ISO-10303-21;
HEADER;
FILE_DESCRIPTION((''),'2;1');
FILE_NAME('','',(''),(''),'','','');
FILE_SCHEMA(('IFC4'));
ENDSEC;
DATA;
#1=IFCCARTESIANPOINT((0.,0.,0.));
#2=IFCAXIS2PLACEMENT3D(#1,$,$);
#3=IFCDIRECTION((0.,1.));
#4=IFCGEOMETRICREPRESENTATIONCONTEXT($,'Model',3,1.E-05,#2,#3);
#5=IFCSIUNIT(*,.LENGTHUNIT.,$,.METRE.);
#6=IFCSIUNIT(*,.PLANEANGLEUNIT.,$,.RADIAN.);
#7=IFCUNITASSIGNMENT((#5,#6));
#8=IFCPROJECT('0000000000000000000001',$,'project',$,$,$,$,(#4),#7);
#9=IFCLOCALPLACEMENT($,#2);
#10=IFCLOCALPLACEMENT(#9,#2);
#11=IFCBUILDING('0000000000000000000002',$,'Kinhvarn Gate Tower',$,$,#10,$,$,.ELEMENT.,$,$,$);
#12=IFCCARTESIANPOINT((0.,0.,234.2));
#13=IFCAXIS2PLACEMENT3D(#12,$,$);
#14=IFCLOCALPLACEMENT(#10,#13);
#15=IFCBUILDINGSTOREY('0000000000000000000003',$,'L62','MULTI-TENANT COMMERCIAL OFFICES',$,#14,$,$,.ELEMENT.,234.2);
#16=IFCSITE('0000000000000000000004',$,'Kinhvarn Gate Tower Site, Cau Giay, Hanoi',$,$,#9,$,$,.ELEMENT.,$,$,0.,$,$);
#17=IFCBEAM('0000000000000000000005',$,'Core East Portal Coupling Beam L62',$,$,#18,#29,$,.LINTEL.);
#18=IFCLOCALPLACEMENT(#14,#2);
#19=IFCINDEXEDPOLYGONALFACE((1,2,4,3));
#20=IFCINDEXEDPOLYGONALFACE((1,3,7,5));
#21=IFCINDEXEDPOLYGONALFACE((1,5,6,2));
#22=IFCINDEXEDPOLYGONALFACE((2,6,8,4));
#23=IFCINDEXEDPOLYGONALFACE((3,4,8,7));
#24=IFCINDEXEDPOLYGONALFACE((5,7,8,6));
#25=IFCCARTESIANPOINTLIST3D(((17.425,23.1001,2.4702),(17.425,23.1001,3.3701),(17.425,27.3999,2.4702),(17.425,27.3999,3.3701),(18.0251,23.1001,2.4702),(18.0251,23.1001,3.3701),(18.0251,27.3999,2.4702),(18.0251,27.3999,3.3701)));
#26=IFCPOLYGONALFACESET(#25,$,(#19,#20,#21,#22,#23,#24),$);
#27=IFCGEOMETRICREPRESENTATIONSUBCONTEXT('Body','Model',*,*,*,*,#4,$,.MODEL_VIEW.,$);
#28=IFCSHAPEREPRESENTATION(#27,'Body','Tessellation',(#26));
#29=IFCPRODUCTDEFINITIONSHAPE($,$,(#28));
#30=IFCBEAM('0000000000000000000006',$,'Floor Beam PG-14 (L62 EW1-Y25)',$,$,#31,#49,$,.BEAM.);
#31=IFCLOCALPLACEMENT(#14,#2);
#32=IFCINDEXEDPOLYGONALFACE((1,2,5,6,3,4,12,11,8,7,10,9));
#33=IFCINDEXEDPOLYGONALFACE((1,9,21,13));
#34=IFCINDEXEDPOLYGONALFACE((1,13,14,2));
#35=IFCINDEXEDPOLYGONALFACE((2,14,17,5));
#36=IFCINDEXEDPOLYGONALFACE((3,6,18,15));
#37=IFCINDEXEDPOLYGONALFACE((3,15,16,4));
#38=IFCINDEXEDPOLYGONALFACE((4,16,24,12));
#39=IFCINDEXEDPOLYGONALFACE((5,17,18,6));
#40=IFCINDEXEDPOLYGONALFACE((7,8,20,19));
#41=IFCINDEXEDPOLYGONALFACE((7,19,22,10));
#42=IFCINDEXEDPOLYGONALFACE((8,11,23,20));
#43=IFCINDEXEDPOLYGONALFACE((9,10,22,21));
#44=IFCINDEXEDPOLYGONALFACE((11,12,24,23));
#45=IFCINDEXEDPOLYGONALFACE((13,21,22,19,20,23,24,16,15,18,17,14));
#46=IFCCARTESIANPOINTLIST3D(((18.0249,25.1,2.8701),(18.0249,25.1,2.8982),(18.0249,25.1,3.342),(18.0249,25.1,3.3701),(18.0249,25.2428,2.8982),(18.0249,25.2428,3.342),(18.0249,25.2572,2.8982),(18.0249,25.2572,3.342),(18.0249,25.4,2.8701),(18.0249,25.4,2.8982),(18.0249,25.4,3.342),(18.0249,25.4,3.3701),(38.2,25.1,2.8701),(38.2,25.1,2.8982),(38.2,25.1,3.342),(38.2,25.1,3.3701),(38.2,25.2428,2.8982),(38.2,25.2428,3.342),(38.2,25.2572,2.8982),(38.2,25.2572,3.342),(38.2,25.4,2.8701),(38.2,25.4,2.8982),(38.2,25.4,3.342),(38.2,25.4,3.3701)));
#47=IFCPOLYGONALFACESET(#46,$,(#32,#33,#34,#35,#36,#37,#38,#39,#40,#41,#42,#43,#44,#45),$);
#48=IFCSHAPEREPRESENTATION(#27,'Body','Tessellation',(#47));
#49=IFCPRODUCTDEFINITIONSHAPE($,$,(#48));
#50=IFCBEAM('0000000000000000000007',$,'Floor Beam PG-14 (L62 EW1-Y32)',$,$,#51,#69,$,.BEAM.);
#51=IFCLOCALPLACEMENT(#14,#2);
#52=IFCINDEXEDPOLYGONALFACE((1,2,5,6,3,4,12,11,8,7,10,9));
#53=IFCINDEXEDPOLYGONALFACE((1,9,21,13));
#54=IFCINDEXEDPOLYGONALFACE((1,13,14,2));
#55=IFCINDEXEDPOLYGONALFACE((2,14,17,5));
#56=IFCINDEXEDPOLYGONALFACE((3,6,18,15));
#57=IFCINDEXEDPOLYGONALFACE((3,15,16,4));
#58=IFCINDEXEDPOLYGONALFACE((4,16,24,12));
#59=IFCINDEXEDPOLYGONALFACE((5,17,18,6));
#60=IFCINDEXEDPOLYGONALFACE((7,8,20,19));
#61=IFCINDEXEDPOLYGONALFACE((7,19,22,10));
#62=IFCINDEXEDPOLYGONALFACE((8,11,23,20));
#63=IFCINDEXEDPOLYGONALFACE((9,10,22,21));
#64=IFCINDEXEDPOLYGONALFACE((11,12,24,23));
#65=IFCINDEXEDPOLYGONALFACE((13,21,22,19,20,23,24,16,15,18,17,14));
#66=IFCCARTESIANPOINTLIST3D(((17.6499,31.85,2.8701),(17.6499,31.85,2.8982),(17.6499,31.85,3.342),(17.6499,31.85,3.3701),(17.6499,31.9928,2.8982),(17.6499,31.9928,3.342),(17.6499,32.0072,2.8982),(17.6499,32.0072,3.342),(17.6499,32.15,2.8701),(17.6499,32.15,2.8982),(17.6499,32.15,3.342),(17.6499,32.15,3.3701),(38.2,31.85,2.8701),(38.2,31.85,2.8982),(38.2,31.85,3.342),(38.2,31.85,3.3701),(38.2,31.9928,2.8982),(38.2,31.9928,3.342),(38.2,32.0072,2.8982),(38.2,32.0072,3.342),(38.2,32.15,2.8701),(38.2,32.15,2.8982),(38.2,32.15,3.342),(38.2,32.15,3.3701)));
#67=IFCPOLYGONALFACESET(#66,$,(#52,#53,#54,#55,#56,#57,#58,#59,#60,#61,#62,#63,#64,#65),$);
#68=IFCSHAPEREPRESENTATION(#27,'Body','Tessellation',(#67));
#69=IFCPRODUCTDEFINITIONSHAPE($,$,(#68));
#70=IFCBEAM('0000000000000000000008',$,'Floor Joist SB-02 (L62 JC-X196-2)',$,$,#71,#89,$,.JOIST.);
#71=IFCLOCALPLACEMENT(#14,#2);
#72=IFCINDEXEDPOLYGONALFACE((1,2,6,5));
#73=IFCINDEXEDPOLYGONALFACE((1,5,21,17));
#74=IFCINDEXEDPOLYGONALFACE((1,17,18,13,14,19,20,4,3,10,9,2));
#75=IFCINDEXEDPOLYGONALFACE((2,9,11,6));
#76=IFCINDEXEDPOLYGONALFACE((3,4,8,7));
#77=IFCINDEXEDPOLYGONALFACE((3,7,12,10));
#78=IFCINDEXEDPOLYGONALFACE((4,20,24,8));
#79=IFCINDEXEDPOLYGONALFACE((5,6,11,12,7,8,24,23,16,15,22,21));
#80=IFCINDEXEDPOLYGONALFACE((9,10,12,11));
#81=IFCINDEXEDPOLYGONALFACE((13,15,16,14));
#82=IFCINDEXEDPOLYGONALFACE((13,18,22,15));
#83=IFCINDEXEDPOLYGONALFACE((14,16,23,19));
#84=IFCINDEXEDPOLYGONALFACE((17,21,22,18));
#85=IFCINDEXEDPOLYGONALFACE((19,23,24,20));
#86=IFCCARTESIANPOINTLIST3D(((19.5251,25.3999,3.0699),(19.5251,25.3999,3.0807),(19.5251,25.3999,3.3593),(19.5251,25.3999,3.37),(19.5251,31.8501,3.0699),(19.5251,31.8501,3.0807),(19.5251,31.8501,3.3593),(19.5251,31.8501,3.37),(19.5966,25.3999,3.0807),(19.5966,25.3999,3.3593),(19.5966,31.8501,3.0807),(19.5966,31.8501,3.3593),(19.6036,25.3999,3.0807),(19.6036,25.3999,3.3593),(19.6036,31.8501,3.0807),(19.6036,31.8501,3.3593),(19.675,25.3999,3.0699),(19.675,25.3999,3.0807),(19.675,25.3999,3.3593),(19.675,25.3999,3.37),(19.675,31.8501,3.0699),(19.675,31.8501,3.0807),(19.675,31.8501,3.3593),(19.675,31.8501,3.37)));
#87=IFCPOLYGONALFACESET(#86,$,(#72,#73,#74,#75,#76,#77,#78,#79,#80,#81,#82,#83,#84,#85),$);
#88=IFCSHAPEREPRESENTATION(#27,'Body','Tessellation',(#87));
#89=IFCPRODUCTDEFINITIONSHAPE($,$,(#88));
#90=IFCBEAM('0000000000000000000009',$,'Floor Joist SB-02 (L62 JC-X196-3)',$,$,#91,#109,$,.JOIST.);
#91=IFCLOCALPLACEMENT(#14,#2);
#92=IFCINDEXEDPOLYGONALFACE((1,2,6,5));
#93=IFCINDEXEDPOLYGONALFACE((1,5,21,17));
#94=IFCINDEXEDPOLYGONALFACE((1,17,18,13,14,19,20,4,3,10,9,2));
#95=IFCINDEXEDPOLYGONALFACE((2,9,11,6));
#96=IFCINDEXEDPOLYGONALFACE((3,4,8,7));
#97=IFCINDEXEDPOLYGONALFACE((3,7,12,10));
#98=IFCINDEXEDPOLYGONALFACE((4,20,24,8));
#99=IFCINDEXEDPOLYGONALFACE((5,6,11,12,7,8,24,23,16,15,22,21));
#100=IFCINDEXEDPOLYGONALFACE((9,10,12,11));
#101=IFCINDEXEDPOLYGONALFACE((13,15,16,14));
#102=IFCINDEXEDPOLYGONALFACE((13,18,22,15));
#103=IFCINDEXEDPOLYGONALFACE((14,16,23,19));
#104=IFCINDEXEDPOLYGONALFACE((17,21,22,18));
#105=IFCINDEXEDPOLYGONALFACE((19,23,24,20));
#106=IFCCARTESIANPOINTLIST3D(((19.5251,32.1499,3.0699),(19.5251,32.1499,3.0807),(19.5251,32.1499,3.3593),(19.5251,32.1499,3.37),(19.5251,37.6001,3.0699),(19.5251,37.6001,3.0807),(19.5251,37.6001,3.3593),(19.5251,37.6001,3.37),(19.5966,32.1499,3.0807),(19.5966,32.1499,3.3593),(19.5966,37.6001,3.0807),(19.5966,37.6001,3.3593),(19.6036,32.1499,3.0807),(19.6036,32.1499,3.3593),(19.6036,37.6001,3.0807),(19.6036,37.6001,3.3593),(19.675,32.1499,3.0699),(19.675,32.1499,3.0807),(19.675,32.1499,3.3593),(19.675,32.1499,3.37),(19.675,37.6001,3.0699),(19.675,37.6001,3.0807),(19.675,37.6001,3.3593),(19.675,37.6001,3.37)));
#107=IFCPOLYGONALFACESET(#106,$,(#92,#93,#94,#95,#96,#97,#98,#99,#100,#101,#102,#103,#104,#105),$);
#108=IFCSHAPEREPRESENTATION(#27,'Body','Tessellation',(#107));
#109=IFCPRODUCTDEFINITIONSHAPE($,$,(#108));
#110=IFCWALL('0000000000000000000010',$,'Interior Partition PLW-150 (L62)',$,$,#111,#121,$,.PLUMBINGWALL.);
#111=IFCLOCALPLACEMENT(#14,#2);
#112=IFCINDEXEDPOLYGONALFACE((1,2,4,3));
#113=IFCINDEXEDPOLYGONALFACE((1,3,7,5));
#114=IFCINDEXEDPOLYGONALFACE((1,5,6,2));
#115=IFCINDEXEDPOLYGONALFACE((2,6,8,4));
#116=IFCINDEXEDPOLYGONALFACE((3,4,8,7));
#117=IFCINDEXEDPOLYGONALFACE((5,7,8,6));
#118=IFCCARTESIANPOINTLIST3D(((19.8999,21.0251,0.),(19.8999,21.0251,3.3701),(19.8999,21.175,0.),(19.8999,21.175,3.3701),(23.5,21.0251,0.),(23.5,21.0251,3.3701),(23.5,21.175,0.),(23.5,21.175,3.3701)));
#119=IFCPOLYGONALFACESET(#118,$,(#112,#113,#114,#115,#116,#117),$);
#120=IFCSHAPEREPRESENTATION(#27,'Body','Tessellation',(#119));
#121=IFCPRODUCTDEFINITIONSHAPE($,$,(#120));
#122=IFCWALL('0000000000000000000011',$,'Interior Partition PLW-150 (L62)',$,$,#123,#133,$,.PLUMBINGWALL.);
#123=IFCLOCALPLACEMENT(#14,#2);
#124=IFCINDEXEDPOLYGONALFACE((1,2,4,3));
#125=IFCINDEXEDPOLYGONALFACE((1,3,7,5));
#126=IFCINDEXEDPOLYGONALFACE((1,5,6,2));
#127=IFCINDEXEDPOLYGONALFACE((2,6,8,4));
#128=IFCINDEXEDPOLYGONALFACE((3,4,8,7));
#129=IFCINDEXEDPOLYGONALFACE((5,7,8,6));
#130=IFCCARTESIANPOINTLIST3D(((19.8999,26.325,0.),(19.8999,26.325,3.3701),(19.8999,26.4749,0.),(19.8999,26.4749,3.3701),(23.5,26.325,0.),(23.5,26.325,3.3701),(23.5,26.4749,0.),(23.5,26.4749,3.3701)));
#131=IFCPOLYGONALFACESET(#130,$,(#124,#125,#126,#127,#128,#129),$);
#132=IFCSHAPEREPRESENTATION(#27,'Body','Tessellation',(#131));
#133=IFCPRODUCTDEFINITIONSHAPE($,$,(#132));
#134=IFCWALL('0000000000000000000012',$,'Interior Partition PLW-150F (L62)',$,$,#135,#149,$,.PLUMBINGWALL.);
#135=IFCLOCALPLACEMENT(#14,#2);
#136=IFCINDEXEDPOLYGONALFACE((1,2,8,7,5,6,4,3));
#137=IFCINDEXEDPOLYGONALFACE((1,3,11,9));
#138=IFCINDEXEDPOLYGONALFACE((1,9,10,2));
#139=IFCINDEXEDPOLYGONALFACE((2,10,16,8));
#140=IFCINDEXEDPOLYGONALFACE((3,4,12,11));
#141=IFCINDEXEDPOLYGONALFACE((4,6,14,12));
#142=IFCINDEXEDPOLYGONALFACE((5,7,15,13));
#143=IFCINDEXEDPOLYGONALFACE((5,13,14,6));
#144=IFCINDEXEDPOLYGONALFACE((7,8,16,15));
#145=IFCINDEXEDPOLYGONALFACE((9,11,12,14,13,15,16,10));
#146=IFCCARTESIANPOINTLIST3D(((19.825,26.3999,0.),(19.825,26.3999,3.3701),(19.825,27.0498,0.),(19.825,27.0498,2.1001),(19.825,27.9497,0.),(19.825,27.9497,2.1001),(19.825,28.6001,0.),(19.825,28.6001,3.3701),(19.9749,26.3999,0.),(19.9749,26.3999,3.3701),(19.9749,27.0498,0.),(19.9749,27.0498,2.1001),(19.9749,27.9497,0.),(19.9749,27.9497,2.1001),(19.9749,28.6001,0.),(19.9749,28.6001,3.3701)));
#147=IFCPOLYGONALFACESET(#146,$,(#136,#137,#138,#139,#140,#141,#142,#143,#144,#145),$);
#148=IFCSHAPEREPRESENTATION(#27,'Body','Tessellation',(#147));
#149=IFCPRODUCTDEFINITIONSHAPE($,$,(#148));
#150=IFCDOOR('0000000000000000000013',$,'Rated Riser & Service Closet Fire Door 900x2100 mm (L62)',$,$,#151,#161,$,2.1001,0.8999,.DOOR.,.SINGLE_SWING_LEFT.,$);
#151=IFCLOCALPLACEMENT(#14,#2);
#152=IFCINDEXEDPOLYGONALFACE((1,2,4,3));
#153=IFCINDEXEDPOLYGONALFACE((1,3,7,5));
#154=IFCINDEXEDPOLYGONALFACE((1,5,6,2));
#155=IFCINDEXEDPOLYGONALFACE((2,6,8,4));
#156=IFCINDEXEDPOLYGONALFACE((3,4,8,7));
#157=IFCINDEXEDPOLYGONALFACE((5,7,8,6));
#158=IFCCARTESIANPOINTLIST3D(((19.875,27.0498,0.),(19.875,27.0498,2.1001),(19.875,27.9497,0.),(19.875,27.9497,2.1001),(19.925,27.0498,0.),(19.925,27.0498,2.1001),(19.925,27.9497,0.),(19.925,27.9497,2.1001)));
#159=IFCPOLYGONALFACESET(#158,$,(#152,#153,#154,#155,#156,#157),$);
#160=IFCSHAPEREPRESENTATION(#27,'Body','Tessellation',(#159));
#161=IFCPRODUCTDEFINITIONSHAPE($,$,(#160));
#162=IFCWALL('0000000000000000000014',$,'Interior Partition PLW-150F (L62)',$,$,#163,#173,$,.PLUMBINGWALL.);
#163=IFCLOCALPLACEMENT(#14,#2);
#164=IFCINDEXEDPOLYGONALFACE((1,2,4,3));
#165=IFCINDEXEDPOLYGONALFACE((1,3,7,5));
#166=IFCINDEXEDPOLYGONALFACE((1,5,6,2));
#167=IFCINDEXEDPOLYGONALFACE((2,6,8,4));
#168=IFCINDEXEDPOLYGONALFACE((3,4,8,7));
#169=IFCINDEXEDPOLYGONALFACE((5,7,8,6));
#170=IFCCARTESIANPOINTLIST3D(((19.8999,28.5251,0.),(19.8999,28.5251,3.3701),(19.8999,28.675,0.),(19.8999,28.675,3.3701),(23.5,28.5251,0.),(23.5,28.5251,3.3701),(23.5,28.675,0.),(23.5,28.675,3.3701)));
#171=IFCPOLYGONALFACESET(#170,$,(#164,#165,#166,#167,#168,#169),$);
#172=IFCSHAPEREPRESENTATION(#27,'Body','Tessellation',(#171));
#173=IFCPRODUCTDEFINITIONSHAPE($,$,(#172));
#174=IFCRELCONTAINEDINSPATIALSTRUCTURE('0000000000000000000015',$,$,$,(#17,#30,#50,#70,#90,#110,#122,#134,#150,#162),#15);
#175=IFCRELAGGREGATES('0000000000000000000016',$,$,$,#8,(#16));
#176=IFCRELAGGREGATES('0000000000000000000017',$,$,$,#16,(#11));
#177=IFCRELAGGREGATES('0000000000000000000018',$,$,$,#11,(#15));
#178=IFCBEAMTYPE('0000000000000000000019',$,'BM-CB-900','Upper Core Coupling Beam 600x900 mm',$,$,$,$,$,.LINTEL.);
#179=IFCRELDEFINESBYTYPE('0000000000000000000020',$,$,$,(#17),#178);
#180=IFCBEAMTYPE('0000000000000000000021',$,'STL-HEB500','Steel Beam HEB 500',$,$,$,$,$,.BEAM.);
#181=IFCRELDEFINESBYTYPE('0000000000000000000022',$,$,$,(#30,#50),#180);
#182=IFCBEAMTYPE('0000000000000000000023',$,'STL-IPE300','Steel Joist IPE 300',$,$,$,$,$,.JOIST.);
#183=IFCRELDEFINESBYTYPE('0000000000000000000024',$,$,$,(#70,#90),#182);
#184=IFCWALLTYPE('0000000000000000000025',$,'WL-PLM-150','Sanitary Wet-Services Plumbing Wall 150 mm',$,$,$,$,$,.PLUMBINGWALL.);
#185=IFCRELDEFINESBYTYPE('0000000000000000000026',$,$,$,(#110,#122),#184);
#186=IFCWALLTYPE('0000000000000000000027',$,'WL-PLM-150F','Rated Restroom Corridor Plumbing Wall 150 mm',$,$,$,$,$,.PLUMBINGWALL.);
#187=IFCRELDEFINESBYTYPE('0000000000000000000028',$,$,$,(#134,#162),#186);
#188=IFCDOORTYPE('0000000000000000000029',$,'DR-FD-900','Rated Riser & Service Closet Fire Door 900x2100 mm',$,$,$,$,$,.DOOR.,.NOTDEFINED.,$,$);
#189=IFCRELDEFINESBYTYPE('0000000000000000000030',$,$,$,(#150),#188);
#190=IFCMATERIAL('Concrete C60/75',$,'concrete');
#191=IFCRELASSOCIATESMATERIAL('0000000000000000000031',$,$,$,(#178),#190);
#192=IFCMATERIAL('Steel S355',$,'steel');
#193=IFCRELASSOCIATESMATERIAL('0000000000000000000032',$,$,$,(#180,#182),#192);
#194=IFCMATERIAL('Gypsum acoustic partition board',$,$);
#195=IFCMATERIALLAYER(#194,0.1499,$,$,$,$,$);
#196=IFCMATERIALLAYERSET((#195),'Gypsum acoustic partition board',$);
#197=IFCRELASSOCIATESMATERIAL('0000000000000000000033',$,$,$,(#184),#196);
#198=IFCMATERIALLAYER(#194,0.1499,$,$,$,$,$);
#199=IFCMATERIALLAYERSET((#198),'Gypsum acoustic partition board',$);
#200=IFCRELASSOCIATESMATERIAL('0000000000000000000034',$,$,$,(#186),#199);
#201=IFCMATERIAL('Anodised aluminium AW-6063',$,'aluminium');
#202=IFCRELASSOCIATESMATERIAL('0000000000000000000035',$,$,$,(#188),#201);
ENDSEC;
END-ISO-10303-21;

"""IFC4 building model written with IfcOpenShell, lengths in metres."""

from ifc_helpers import new_model, si_unit, direction, frame, frame_2d, origin, origin_2d, place, context, subcontext, project, spatial, rectangle, i_section, extrude, material, layer, layer_set, material_profile, profile_set, type_object, element, fill, save


model = new_model("IFC4")

# Units and contexts
model_context = context("Model", 3, precision=1e-05, world=origin(), true_north=direction((0.0, 1.0)))
body_context = subcontext(model_context, "Body", "Model", "MODEL_VIEW")
ifc_project = project(units=[si_unit("LENGTHUNIT", "METRE"), si_unit("PLANEANGLEUNIT", "RADIAN")], contexts=[model_context])

# Site, building, storey
site_placement = place(None, origin())
site = spatial("IfcSite", under=ifc_project, at=site_placement, Name="Kinhvarn Gate Tower Site, Cau Giay, Hanoi", CompositionType="ELEMENT", RefElevation=0.0)
building_placement = place(site_placement, origin())
building = spatial("IfcBuilding", under=site, at=building_placement, Name="Kinhvarn Gate Tower", CompositionType="ELEMENT")
storey_placement = place(building_placement, frame((0.0, 0.0, 234.2)))
storey = spatial("IfcBuildingStorey", under=building, at=storey_placement, Name="L62", Description="MULTI-TENANT COMMERCIAL OFFICES", CompositionType="ELEMENT", Elevation=234.2)

# Beams
ifc_material_1 = material(Name="Concrete C60/75", Category="concrete")
ifc_material_profile_1 = material_profile(ifc_material_1, rectangle(XDim=0.6001, YDim=0.8999, at=origin_2d()), Name="RC 600x900")
ifc_profile_set_1 = profile_set([ifc_material_profile_1], Name="Concrete C60/75")
beam_type_1 = type_object("IfcBeamType", Name="BM-CB-900", Description="Upper Core Coupling Beam 600x900 mm", PredefinedType="LINTEL", material=ifc_profile_set_1)
beam_1_placement = place(storey_placement, frame((17.7251, 23.1001, 2.9202), z_axis=(0.0, 1.0, 0.0), x_axis=(-1.0, 0.0, 0.0)))
element("IfcBeam", 1, at=beam_1_placement, inside=storey, type_object=beam_type_1, Name="Core East Portal Coupling Beam L62", PredefinedType="LINTEL", context=body_context, shape_type="SweptSolid", body=[
    extrude(rectangle(XDim=0.6001, YDim=0.8999, at=origin_2d()), origin(), (0.0, 0.0, 1.0), 4.2998),
])
ifc_material_2 = material(Name="Steel S355", Category="steel")
ifc_material_profile_2 = material_profile(ifc_material_2, i_section(OverallWidth=0.3, OverallDepth=0.5, WebThickness=0.0144, FlangeThickness=0.0281, at=origin_2d()), Name="HEB 500")
ifc_profile_set_2 = profile_set([ifc_material_profile_2], Name="Steel S355")
beam_type_2 = type_object("IfcBeamType", Name="STL-HEB500", Description="Steel Beam HEB 500", PredefinedType="BEAM", material=ifc_profile_set_2)
beam_2_placement = place(storey_placement, frame((18.0249, 25.25, 3.1201), z_axis=(1.0, 0.0, 0.0), x_axis=(0.0, 1.0, 0.0)))
element("IfcBeam", 2, at=beam_2_placement, inside=storey, type_object=beam_type_2, Name="Floor Beam PG-14 (L62 EW1-Y25)", PredefinedType="BEAM", context=body_context, shape_type="SweptSolid", body=[
    extrude(i_section(OverallWidth=0.3, OverallDepth=0.5, WebThickness=0.0144, FlangeThickness=0.0281, at=origin_2d()), origin(), (0.0, 0.0, 1.0), 20.175),
])
beam_3_placement = place(storey_placement, frame((17.6499, 32.0, 3.1201), z_axis=(1.0, 0.0, 0.0), x_axis=(0.0, 1.0, 0.0)))
element("IfcBeam", 3, at=beam_3_placement, inside=storey, type_object=beam_type_2, Name="Floor Beam PG-14 (L62 EW1-Y32)", PredefinedType="BEAM", context=body_context, shape_type="SweptSolid", body=[
    extrude(i_section(OverallWidth=0.3, OverallDepth=0.5, WebThickness=0.0144, FlangeThickness=0.0281, at=origin_2d()), origin(), (0.0, 0.0, 1.0), 20.55),
])
ifc_material_profile_3 = material_profile(ifc_material_2, i_section(OverallWidth=0.1499, OverallDepth=0.3, WebThickness=0.0071, FlangeThickness=0.0107, at=origin_2d()), Name="IPE 300")
ifc_profile_set_3 = profile_set([ifc_material_profile_3], Name="Steel S355")
beam_type_3 = type_object("IfcBeamType", Name="STL-IPE300", Description="Steel Joist IPE 300", PredefinedType="JOIST", material=ifc_profile_set_3)
beam_4_placement = place(storey_placement, frame((19.6001, 25.3999, 3.22), z_axis=(0.0, 1.0, 0.0), x_axis=(-1.0, 0.0, 0.0)))
element("IfcBeam", 4, at=beam_4_placement, inside=storey, type_object=beam_type_3, Name="Floor Joist SB-02 (L62 JC-X196-2)", PredefinedType="JOIST", context=body_context, shape_type="SweptSolid", body=[
    extrude(i_section(OverallWidth=0.1499, OverallDepth=0.3, WebThickness=0.0071, FlangeThickness=0.0107, at=origin_2d()), origin(), (0.0, 0.0, 1.0), 6.4502),
])
beam_5_placement = place(storey_placement, frame((19.6001, 32.1499, 3.22), z_axis=(0.0, 1.0, 0.0), x_axis=(-1.0, 0.0, 0.0)))
element("IfcBeam", 5, at=beam_5_placement, inside=storey, type_object=beam_type_3, Name="Floor Joist SB-02 (L62 JC-X196-3)", PredefinedType="JOIST", context=body_context, shape_type="SweptSolid", body=[
    extrude(i_section(OverallWidth=0.1499, OverallDepth=0.3, WebThickness=0.0071, FlangeThickness=0.0107, at=origin_2d()), origin(), (0.0, 0.0, 1.0), 5.4502),
])

# Shared definitions
ifc_material_3 = material(Name="Anodised aluminium AW-6063", Category="aluminium")

# Walls
ifc_material_4 = material(Name="Gypsum acoustic partition board")
ifc_layer_1 = layer(ifc_material_4, 0.1499)
ifc_layer_set_1 = layer_set([ifc_layer_1], Name="Gypsum acoustic partition board")
wall_type_1 = type_object("IfcWallType", Name="WL-PLM-150", Description="Sanitary Wet-Services Plumbing Wall 150 mm", PredefinedType="PLUMBINGWALL", material=ifc_layer_set_1)
for number, where, z_axis, x_axis, name in (
    (6, (19.8999, 21.1001, 0.0), (0.0, 0.0, 1.0), (1.0, 0.0, 0.0), "Interior Partition PLW-150 (L62)"),
    (7, (19.8999, 26.3999, 0.0), (0.0, 0.0, 1.0), (1.0, 0.0, 0.0), "Interior Partition PLW-150 (L62)"),
):
    element("IfcWall", number, at=place(storey_placement, frame(where, z_axis=z_axis, x_axis=x_axis)), inside=storey, type_object=wall_type_1, Name=name, PredefinedType="PLUMBINGWALL", context=body_context, shape_type="SweptSolid", body=[
        extrude(rectangle(XDim=3.6001, YDim=0.1499, at=frame_2d((1.8, 0.0))), origin(), (0.0, 0.0, 1.0), 3.3701),
    ])

# Wall, opening, door
ifc_layer_2 = layer(ifc_material_4, 0.1499)
ifc_layer_set_2 = layer_set([ifc_layer_2], Name="Gypsum acoustic partition board")
wall_type_2 = type_object("IfcWallType", Name="WL-PLM-150F", Description="Rated Restroom Corridor Plumbing Wall 150 mm", PredefinedType="PLUMBINGWALL", material=ifc_layer_set_2)
wall_1_placement = place(storey_placement, frame((19.8999, 26.3999, 0.0), z_axis=(0.0, 0.0, 1.0), x_axis=(0.0, 1.0, 0.0)))
wall_1 = element("IfcWall", 8, at=wall_1_placement, inside=storey, type_object=wall_type_2, Name="Interior Partition PLW-150F (L62)", PredefinedType="PLUMBINGWALL", context=body_context, shape_type="SweptSolid", body=[
    extrude(rectangle(XDim=2.2002, YDim=0.1499, at=frame_2d((1.1001, 0.0))), origin(), (0.0, 0.0, 1.0), 3.3701),
])
opening_1_placement = place(wall_1_placement, frame((0.6499, 0.0, 0.0)))
opening_1 = element("IfcOpeningElement", 9, at=opening_1_placement, cuts=wall_1, PredefinedType="OPENING", context=body_context, shape_type="SweptSolid", body=[
    extrude(rectangle(XDim=0.8999, YDim=2.1001, at=frame_2d((0.45, 1.05))), frame((0.0, 0.085, 0.0), z_axis=(0.0, -1.0, 0.0), x_axis=(1.0, 0.0, 0.0)), (0.0, 0.0, 1.0), 0.1699),
])
door_type_1 = type_object("IfcDoorType", Name="DR-FD-900", Description="Rated Riser & Service Closet Fire Door 900x2100 mm", OperationType="NOTDEFINED", PredefinedType="DOOR", material=ifc_material_3)
door_1_placement = place(opening_1_placement, origin())
door_1 = element("IfcDoor", 10, at=door_1_placement, inside=storey, type_object=door_type_1, Name="Rated Riser & Service Closet Fire Door 900x2100 mm (L62)", OperationType="SINGLE_SWING_LEFT", OverallHeight=2.1001, OverallWidth=0.8999, PredefinedType="DOOR", context=body_context, shape_type="SweptSolid", body=[
    extrude(rectangle(XDim=0.8999, YDim=2.1001, at=frame_2d((0.45, 1.05))), frame((0.0, 0.0249, 0.0), z_axis=(0.0, -1.0, 0.0), x_axis=(1.0, 0.0, 0.0)), (0.0, 0.0, 1.0), 0.05),
])
fill(opening_1, door_1)

# Wall
wall_2_placement = place(storey_placement, frame((19.8999, 28.6001, 0.0), z_axis=(0.0, 0.0, 1.0), x_axis=(1.0, 0.0, 0.0)))
element("IfcWall", 11, at=wall_2_placement, inside=storey, type_object=wall_type_2, Name="Interior Partition PLW-150F (L62)", PredefinedType="PLUMBINGWALL", context=body_context, shape_type="SweptSolid", body=[
    extrude(rectangle(XDim=3.6001, YDim=0.1499, at=frame_2d((1.8, 0.0))), origin(), (0.0, 0.0, 1.0), 3.3701),
])

save(model, "model.ifc")
